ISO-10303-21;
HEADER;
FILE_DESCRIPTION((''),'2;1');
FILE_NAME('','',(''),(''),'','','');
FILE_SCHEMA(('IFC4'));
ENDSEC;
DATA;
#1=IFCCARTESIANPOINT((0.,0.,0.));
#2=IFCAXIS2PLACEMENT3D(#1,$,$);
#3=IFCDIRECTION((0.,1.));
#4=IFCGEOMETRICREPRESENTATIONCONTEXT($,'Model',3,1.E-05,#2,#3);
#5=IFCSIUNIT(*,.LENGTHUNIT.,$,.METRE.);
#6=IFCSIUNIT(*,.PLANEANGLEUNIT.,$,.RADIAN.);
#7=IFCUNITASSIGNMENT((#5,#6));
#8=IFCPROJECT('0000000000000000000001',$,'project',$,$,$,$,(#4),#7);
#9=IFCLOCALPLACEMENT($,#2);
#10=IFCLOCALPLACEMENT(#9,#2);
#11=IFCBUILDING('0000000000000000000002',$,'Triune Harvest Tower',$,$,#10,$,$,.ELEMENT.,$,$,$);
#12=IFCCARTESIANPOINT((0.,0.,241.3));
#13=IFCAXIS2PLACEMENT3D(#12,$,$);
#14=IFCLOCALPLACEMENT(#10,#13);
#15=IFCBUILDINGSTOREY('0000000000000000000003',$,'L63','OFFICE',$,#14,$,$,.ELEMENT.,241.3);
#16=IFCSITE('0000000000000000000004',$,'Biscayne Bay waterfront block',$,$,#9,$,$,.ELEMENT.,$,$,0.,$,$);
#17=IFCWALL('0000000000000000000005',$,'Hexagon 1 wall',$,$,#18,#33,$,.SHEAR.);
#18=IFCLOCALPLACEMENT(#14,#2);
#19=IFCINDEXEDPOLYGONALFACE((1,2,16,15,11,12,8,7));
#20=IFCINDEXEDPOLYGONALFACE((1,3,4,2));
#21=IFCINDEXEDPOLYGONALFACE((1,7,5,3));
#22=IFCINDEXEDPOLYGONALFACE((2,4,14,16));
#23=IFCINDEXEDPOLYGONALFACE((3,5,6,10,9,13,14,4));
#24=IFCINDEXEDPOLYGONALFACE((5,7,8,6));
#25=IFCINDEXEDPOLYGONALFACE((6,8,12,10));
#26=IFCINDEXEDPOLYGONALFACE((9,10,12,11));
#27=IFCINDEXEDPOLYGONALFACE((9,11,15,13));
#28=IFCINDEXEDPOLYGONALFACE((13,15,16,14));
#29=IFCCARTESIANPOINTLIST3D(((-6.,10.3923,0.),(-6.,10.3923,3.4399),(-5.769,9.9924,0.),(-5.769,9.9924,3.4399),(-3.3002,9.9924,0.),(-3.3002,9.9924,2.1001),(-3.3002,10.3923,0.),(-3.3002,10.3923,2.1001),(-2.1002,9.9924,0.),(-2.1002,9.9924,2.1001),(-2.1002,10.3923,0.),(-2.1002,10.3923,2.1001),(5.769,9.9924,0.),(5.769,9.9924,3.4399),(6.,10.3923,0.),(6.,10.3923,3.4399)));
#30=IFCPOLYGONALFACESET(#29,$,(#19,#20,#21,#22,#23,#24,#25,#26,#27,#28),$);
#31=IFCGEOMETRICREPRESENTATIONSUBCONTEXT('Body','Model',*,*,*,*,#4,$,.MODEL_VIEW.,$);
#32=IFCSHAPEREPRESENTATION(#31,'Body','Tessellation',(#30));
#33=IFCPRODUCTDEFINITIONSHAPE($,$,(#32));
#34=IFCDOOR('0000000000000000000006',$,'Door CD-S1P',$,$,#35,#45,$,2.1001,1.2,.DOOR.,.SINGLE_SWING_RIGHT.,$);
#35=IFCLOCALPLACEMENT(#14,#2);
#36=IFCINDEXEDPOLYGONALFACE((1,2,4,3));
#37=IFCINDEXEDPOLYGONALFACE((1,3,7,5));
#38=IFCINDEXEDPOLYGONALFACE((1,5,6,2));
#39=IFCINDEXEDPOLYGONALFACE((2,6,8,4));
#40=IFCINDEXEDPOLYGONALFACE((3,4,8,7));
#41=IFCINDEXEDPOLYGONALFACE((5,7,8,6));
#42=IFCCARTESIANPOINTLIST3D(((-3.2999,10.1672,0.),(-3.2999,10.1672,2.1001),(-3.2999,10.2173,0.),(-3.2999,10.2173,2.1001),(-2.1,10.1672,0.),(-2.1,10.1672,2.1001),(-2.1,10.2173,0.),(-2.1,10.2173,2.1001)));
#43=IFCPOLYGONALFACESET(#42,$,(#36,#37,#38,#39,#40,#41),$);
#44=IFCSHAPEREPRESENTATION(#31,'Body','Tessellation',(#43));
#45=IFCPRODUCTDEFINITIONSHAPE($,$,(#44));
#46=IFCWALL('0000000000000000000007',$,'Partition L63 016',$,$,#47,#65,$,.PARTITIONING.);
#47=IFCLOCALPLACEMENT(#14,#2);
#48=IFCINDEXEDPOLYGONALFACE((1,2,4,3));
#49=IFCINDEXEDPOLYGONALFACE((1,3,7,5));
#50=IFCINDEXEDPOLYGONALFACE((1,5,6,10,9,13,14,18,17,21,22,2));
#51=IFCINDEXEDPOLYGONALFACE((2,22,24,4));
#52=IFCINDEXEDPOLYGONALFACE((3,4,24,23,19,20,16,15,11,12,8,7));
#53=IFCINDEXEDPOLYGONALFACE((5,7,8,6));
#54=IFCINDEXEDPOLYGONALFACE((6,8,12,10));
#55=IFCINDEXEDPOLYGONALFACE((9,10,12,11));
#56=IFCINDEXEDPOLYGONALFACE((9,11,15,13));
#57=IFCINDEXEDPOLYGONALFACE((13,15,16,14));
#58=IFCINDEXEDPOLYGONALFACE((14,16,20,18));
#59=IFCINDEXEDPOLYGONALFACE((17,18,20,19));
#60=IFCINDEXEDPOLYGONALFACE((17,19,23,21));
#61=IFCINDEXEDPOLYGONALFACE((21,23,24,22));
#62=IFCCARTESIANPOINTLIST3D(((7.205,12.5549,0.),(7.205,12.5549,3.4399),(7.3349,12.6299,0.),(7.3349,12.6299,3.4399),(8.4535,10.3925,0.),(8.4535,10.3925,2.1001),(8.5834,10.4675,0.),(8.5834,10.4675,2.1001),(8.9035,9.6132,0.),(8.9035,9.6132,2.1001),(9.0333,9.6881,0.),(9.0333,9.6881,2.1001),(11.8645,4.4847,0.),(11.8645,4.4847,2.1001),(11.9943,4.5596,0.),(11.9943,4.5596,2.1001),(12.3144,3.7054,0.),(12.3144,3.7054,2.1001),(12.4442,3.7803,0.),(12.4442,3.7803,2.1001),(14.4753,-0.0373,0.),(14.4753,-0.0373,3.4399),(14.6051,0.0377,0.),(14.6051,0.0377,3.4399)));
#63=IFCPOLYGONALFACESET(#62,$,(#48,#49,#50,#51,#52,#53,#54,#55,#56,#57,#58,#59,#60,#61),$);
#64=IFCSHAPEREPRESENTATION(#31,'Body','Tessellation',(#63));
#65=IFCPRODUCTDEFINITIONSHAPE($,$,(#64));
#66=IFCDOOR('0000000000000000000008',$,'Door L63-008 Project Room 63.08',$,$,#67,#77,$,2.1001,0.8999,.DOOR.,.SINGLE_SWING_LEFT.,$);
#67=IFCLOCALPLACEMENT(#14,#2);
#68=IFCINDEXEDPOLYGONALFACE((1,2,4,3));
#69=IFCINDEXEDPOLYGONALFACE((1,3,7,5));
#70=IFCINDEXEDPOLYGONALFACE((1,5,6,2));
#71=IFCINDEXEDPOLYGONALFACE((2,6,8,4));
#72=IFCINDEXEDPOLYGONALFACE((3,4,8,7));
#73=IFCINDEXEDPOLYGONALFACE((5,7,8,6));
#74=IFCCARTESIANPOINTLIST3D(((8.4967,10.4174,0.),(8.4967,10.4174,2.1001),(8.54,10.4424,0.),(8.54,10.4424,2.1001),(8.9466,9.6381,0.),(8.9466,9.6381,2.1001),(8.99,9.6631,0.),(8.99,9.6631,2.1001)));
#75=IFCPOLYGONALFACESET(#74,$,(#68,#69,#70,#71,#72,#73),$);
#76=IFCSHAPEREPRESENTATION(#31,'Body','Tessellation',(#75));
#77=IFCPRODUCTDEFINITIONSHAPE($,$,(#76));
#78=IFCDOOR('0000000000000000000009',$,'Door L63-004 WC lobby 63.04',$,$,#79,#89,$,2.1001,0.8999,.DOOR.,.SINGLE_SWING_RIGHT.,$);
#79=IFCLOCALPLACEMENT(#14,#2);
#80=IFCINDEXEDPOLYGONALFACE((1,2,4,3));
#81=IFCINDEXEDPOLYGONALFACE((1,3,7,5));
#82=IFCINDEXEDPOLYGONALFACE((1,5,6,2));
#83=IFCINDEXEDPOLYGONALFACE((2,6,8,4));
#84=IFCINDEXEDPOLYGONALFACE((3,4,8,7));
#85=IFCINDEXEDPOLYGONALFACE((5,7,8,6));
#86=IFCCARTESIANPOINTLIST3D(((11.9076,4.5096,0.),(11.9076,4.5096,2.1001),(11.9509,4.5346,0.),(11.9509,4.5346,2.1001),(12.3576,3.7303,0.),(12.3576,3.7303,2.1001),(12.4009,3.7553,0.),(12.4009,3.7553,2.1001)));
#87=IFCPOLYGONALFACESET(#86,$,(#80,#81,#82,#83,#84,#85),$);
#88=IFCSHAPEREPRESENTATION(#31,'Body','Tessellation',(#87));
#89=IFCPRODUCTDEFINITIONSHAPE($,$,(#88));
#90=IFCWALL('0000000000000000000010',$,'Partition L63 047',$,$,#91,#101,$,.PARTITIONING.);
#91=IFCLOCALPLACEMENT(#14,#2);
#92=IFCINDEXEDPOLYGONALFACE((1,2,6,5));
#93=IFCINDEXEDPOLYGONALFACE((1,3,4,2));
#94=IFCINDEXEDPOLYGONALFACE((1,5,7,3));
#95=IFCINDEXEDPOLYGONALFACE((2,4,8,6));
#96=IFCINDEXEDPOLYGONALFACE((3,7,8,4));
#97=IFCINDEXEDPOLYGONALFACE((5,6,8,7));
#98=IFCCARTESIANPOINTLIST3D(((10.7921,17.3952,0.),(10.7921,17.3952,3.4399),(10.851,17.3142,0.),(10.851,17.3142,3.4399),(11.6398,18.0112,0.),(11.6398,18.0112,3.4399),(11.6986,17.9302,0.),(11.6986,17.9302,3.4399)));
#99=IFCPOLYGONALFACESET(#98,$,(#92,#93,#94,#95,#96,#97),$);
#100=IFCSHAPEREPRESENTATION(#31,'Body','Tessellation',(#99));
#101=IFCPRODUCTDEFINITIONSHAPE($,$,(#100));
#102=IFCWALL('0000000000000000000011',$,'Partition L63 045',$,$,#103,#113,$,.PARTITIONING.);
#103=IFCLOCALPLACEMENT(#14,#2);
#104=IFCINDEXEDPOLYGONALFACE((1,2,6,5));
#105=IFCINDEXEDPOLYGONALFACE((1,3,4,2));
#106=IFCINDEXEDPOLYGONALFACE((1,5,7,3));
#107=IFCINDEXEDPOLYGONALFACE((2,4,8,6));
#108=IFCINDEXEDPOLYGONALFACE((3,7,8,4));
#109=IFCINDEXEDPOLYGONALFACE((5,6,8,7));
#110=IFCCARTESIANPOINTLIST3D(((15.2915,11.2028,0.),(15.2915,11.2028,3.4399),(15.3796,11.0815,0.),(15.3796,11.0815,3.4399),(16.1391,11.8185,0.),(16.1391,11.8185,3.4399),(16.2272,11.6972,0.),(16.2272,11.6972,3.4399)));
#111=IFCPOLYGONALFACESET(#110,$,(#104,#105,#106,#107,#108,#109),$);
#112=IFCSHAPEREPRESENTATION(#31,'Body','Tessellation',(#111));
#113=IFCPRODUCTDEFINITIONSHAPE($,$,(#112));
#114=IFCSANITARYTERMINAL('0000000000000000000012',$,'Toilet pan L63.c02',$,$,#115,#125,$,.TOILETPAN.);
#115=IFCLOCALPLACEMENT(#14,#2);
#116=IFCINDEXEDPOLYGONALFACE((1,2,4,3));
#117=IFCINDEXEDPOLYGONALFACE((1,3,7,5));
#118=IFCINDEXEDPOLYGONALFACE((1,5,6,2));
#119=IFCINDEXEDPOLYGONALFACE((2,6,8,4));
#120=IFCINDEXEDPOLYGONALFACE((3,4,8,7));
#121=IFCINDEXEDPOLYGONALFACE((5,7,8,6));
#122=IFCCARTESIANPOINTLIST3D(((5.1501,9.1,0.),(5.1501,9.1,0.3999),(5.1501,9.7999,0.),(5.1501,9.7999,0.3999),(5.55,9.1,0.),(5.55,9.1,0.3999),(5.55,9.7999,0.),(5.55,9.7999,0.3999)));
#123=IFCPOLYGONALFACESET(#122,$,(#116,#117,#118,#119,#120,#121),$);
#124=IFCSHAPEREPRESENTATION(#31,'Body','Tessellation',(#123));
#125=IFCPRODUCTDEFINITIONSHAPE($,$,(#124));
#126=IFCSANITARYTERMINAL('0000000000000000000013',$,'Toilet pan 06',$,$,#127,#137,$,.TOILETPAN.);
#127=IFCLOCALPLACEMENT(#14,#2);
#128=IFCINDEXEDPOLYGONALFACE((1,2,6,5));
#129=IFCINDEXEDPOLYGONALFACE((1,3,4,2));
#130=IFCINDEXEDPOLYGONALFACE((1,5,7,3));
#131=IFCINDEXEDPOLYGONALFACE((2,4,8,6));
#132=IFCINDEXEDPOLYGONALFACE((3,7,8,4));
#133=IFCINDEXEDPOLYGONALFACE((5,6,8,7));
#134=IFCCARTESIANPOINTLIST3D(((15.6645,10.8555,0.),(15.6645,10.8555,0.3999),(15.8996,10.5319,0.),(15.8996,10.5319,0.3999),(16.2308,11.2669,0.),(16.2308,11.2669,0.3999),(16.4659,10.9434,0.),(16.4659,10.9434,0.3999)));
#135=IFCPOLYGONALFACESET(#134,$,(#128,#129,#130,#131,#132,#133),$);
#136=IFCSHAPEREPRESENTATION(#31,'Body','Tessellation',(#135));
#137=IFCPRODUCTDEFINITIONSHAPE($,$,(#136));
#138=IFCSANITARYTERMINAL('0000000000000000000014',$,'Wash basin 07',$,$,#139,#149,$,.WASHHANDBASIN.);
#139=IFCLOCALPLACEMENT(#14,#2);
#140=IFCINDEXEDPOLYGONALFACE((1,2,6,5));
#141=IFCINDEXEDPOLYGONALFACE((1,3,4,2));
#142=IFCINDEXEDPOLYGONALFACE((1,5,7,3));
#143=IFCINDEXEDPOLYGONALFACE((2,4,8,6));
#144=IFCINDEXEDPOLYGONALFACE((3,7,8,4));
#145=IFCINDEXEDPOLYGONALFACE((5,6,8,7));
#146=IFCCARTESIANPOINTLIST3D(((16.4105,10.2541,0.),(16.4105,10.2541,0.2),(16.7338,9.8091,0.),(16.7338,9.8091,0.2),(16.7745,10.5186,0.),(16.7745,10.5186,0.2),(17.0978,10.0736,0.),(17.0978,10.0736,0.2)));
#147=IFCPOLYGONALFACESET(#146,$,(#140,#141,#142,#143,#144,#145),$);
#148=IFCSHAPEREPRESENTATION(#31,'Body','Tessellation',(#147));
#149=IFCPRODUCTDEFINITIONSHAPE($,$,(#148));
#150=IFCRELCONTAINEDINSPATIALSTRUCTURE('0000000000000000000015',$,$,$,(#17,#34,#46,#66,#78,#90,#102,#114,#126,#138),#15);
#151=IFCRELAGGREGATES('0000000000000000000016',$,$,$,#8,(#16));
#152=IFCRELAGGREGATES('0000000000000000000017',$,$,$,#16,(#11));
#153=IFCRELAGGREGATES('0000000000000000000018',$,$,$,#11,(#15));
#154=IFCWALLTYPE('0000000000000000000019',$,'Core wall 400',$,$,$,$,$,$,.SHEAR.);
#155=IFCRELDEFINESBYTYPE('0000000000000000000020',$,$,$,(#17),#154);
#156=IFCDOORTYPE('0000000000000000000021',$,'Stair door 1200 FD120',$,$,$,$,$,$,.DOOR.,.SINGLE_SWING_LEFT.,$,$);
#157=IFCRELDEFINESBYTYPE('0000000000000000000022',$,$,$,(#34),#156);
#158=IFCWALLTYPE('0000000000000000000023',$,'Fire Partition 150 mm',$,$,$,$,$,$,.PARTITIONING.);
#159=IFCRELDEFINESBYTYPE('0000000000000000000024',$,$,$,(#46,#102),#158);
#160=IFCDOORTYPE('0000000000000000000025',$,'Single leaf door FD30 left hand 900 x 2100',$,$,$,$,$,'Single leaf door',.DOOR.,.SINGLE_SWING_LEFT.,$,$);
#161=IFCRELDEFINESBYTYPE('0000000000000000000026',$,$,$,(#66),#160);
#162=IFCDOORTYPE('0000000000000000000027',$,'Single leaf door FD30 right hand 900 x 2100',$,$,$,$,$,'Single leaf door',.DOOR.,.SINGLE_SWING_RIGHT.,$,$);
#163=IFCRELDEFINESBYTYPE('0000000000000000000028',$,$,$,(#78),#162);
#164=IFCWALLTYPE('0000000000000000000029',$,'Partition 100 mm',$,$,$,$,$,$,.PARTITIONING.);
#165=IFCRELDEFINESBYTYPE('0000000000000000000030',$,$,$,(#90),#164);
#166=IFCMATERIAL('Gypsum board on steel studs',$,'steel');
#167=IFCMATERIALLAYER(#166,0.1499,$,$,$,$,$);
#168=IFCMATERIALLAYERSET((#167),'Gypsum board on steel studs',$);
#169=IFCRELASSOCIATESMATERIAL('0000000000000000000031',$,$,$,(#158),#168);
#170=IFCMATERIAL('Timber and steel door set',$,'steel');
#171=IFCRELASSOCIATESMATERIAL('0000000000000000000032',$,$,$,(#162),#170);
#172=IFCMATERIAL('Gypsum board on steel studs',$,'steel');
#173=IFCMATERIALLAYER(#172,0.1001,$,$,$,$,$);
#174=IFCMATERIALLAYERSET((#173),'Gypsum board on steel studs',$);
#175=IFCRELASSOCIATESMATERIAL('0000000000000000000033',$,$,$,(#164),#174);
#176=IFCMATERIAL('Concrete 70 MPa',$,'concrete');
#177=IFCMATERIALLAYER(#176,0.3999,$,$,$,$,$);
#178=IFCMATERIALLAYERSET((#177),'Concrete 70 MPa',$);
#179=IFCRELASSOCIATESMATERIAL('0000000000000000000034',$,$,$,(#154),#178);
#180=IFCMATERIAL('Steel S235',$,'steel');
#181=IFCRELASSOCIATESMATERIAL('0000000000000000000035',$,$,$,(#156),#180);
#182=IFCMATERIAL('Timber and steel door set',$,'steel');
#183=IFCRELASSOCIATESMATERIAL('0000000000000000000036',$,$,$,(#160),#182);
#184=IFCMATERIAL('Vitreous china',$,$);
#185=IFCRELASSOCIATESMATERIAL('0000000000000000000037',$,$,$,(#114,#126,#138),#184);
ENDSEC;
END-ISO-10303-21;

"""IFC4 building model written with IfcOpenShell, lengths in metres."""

from ifc_helpers import new_model, si_unit, direction, frame, frame_2d, origin, origin_2d, place, context, subcontext, project, spatial, polyline, rectangle, outline, extrude, source, transform, mapped, material, layer, layer_set, type_object, element, fill, save


model = new_model("IFC4")

# Units and contexts
model_context = context("Model", 3, precision=1e-05, world=origin(), true_north=direction((0.0, 1.0)))
body_context = subcontext(model_context, "Body", "Model", "MODEL_VIEW")
ifc_project = project(units=[si_unit("LENGTHUNIT", "METRE"), si_unit("PLANEANGLEUNIT", "RADIAN")], contexts=[model_context])

# Site, building, storey
site_placement = place(None, origin())
site = spatial("IfcSite", under=ifc_project, at=site_placement, Name="Biscayne Bay waterfront block", CompositionType="ELEMENT", RefElevation=0.0)
building_placement = place(site_placement, origin())
building = spatial("IfcBuilding", under=site, at=building_placement, Name="Triune Harvest Tower", CompositionType="ELEMENT")
storey_placement = place(building_placement, frame((0.0, 0.0, 241.3)))
storey = spatial("IfcBuildingStorey", under=building, at=storey_placement, Name="L63", Description="OFFICE", CompositionType="ELEMENT", Elevation=241.3)

# Shared definitions
ifc_material_1 = material(Name="Gypsum board on steel studs", Category="steel")
ifc_layer_1 = layer(ifc_material_1, 0.1499)
ifc_layer_set_1 = layer_set([ifc_layer_1], Name="Gypsum board on steel studs")
wall_type_1 = type_object("IfcWallType", Name="Fire Partition 150 mm", PredefinedType="PARTITIONING", material=ifc_layer_set_1)
ifc_material_2 = material(Name="Timber and steel door set", Category="steel")
door_type_1 = type_object("IfcDoorType", Name="Single leaf door FD30 right hand 900 x 2100", ElementType="Single leaf door", OperationType="SINGLE_SWING_RIGHT", PredefinedType="DOOR", material=ifc_material_2)

# Shared definitions
ifc_material_3 = material(Name="Gypsum board on steel studs", Category="steel")
ifc_layer_2 = layer(ifc_material_3, 0.1001)
ifc_layer_set_2 = layer_set([ifc_layer_2], Name="Gypsum board on steel studs")
wall_type_2 = type_object("IfcWallType", Name="Partition 100 mm", PredefinedType="PARTITIONING", material=ifc_layer_set_2)

# Wall, opening, door
ifc_material_4 = material(Name="Concrete 70 MPa", Category="concrete")
ifc_layer_3 = layer(ifc_material_4, 0.3999)
ifc_layer_set_3 = layer_set([ifc_layer_3], Name="Concrete 70 MPa")
wall_type_3 = type_object("IfcWallType", Name="Core wall 400", PredefinedType="SHEAR", material=ifc_layer_set_3)
shared_shape_1 = source(origin(), body_context, "Body", "SweptSolid", [
    extrude(outline(polyline([(-0.1155, -0.2), (11.8845, -0.2), (11.6536, 0.2), (0.1155, 0.2), (-0.1155, -0.2)])), origin(), (0.0, 0.0, 1.0), 3.4399),
])
wall_1_placement = place(storey_placement, frame((5.8845, 10.1924, 0.0), z_axis=(0.0, 0.0, 1.0), x_axis=(-1.0, 0.0, 0.0)))
wall_1 = element("IfcWall", 1, at=wall_1_placement, inside=storey, type_object=wall_type_3, Name="Hexagon 1 wall", PredefinedType="SHEAR", context=body_context, shape_type="MappedRepresentation", body=[
    mapped(shared_shape_1, transform((0.0, 0.0, 0.0), scale=1.0)),
])
opening_1_placement = place(wall_1_placement, frame((7.9846, 0.0, 0.0)))
opening_1 = element("IfcOpeningElement", 2, at=opening_1_placement, cuts=wall_1, PredefinedType="OPENING", context=body_context, shape_type="SweptSolid", body=[
    extrude(rectangle(XDim=1.2, YDim=2.1001, at=frame_2d((0.6001, 1.05))), frame((0.0, 0.21, 0.0), z_axis=(0.0, -1.0, 0.0), x_axis=(1.0, 0.0, 0.0)), (0.0, 0.0, 1.0), 0.4199),
])
ifc_material_5 = material(Name="Steel S235", Category="steel")
door_type_2 = type_object("IfcDoorType", Name="Stair door 1200 FD120", OperationType="SINGLE_SWING_LEFT", PredefinedType="DOOR", material=ifc_material_5)
door_1_placement = place(opening_1_placement, frame((1.2, 0.0, 0.0), z_axis=(0.0, 0.0, 1.0), x_axis=(-1.0, 0.0, 0.0)))
door_1 = element("IfcDoor", 3, at=door_1_placement, inside=storey, type_object=door_type_2, Name="Door CD-S1P", OperationType="SINGLE_SWING_RIGHT", OverallHeight=2.1001, OverallWidth=1.2, PredefinedType="DOOR", context=body_context, shape_type="SweptSolid", body=[
    extrude(rectangle(XDim=1.2, YDim=2.1001, at=frame_2d((0.6001, 1.05))), frame((0.0, 0.0249, 0.0), z_axis=(0.0, -1.0, 0.0), x_axis=(1.0, 0.0, 0.0)), (0.0, 0.0, 1.0), 0.05),
])
fill(opening_1, door_1)

# Wall, openings, doors
shared_shape_2 = source(origin(), body_context, "Body", "SweptSolid", [
    extrude(rectangle(XDim=14.5403, YDim=0.1499, at=frame_2d((7.27, 0.0))), origin(), (0.0, 0.0, 1.0), 3.4399),
])
wall_2_placement = place(storey_placement, frame((7.27, 12.5923, 0.0), z_axis=(0.0, 0.0, 1.0), x_axis=(0.500005, -0.866022, 0.0)))
wall_2 = element("IfcWall", 4, at=wall_2_placement, inside=storey, type_object=wall_type_1, Name="Partition L63 016", PredefinedType="PARTITIONING", context=body_context, shape_type="MappedRepresentation", body=[
    mapped(shared_shape_2, transform((0.0, 0.0, 0.0), scale=1.0)),
])
opening_2_placement = place(wall_2_placement, frame((9.3186, 0.0, 0.0)))
opening_2 = element("IfcOpeningElement", 5, at=opening_2_placement, cuts=wall_2, PredefinedType="OPENING", context=body_context, shape_type="SweptSolid", body=[
    extrude(rectangle(XDim=0.8999, YDim=2.1001, at=frame_2d((0.45, 1.05))), frame((0.0, 0.085, 0.0), z_axis=(0.0, -1.0, 0.0), x_axis=(1.0, 0.0, 0.0)), (0.0, 0.0, 1.0), 0.1699),
])
opening_3_placement = place(wall_2_placement, frame((2.4968, 0.0, 0.0)))
opening_3 = element("IfcOpeningElement", 6, at=opening_3_placement, cuts=wall_2, PredefinedType="OPENING", context=body_context, shape_type="SweptSolid", body=[
    extrude(rectangle(XDim=0.8999, YDim=2.1001, at=frame_2d((0.45, 1.05))), frame((0.0, 0.085, 0.0), z_axis=(0.0, -1.0, 0.0), x_axis=(1.0, 0.0, 0.0)), (0.0, 0.0, 1.0), 0.1699),
])
ifc_material_6 = material(Name="Timber and steel door set", Category="steel")
door_type_3 = type_object("IfcDoorType", Name="Single leaf door FD30 left hand 900 x 2100", ElementType="Single leaf door", OperationType="SINGLE_SWING_LEFT", PredefinedType="DOOR", material=ifc_material_6)
door_2_placement = place(opening_3_placement, origin())
door_2 = element("IfcDoor", 7, at=door_2_placement, inside=storey, type_object=door_type_3, Name="Door L63-008 Project Room 63.08", OperationType="SINGLE_SWING_LEFT", OverallHeight=2.1001, OverallWidth=0.8999, PredefinedType="DOOR", context=body_context, shape_type="SweptSolid", body=[
    extrude(rectangle(XDim=0.8999, YDim=2.1001, at=frame_2d((0.45, 1.05))), frame((0.0, 0.0249, 0.0), z_axis=(0.0, -1.0, 0.0), x_axis=(1.0, 0.0, 0.0)), (0.0, 0.0, 1.0), 0.05),
])
fill(opening_3, door_2)
door_3_placement = place(opening_2_placement, origin())
door_3 = element("IfcDoor", 8, at=door_3_placement, inside=storey, type_object=door_type_1, Name="Door L63-004 WC lobby 63.04", OperationType="SINGLE_SWING_RIGHT", OverallHeight=2.1001, OverallWidth=0.8999, PredefinedType="DOOR", context=body_context, shape_type="SweptSolid", body=[
    extrude(rectangle(XDim=0.8999, YDim=2.1001, at=frame_2d((0.45, 1.05))), frame((0.0, 0.0249, 0.0), z_axis=(0.0, -1.0, 0.0), x_axis=(1.0, 0.0, 0.0)), (0.0, 0.0, 1.0), 0.05),
])
fill(opening_2, door_3)

# Walls
shared_shape_3 = source(origin(), body_context, "Body", "SweptSolid", [
    extrude(rectangle(XDim=1.0479, YDim=0.1001, at=frame_2d((0.5239, 0.0))), origin(), (0.0, 0.0, 1.0), 3.4399),
])
wall_3_placement = place(storey_placement, frame((10.8215, 17.3547, 0.0), z_axis=(0.0, 0.0, 1.0), x_axis=(0.808968, 0.587853, 0.0)))
element("IfcWall", 9, at=wall_3_placement, inside=storey, type_object=wall_type_2, Name="Partition L63 047", PredefinedType="PARTITIONING", context=body_context, shape_type="MappedRepresentation", body=[
    mapped(shared_shape_3, transform((0.0, 0.0, 0.0), scale=1.0)),
])
shared_shape_4 = source(origin(), body_context, "Body", "SweptSolid", [
    extrude(rectangle(XDim=1.0476, YDim=0.1499, at=frame_2d((0.5239, 0.0))), origin(), (0.0, 0.0, 1.0), 3.4399),
])
wall_4_placement = place(storey_placement, frame((15.3354, 11.1421, 0.0), z_axis=(0.0, 0.0, 1.0), x_axis=(0.809079, 0.587701, 0.0)))
element("IfcWall", 10, at=wall_4_placement, inside=storey, type_object=wall_type_1, Name="Partition L63 045", PredefinedType="PARTITIONING", context=body_context, shape_type="MappedRepresentation", body=[
    mapped(shared_shape_4, transform((0.0, 0.0, 0.0), scale=1.0)),
])

# Sanitary terminals
ifc_material_7 = material(Name="Vitreous china")
shared_shape_5 = source(origin(), body_context, "Body", "SweptSolid", [
    extrude(rectangle(XDim=0.3999, YDim=0.7, at=origin_2d()), origin(), (0.0, 0.0, 1.0), 0.3999),
])
for number, where, z_axis, x_axis, name in (
    (11, (5.3501, 9.45, 0.0), (0.0, 0.0, 1.0), (1.0, 0.0, 0.0), "Toilet pan L63.c02"),
    (12, (16.0652, 10.8994, 0.0), (0.0, 0.0, 1.0), (0.587771, -0.809027, 0.0), "Toilet pan 06"),
):
    element("IfcSanitaryTerminal", number, at=place(storey_placement, frame(where, z_axis=z_axis, x_axis=x_axis)), inside=storey, material=ifc_material_7, Name=name, PredefinedType="TOILETPAN", context=body_context, shape_type="MappedRepresentation", body=[
        mapped(shared_shape_5, transform((0.0, 0.0, 0.0), scale=1.0)),
    ])
shared_shape_6 = source(origin(), body_context, "Body", "SweptSolid", [
    extrude(rectangle(XDim=0.55, YDim=0.45, at=origin_2d()), origin(), (0.0, 0.0, 1.0), 0.2),
])
sanitary_terminal_placement = place(storey_placement, frame((16.7542, 10.1638, 0.0), z_axis=(0.0, 0.0, 1.0), x_axis=(0.587771, -0.809027, 0.0)))
element("IfcSanitaryTerminal", 13, at=sanitary_terminal_placement, inside=storey, material=ifc_material_7, Name="Wash basin 07", PredefinedType="WASHHANDBASIN", context=body_context, shape_type="MappedRepresentation", body=[
    mapped(shared_shape_6, transform((0.0, 0.0, 0.0), scale=1.0)),
])

save(model, "model.ifc")
